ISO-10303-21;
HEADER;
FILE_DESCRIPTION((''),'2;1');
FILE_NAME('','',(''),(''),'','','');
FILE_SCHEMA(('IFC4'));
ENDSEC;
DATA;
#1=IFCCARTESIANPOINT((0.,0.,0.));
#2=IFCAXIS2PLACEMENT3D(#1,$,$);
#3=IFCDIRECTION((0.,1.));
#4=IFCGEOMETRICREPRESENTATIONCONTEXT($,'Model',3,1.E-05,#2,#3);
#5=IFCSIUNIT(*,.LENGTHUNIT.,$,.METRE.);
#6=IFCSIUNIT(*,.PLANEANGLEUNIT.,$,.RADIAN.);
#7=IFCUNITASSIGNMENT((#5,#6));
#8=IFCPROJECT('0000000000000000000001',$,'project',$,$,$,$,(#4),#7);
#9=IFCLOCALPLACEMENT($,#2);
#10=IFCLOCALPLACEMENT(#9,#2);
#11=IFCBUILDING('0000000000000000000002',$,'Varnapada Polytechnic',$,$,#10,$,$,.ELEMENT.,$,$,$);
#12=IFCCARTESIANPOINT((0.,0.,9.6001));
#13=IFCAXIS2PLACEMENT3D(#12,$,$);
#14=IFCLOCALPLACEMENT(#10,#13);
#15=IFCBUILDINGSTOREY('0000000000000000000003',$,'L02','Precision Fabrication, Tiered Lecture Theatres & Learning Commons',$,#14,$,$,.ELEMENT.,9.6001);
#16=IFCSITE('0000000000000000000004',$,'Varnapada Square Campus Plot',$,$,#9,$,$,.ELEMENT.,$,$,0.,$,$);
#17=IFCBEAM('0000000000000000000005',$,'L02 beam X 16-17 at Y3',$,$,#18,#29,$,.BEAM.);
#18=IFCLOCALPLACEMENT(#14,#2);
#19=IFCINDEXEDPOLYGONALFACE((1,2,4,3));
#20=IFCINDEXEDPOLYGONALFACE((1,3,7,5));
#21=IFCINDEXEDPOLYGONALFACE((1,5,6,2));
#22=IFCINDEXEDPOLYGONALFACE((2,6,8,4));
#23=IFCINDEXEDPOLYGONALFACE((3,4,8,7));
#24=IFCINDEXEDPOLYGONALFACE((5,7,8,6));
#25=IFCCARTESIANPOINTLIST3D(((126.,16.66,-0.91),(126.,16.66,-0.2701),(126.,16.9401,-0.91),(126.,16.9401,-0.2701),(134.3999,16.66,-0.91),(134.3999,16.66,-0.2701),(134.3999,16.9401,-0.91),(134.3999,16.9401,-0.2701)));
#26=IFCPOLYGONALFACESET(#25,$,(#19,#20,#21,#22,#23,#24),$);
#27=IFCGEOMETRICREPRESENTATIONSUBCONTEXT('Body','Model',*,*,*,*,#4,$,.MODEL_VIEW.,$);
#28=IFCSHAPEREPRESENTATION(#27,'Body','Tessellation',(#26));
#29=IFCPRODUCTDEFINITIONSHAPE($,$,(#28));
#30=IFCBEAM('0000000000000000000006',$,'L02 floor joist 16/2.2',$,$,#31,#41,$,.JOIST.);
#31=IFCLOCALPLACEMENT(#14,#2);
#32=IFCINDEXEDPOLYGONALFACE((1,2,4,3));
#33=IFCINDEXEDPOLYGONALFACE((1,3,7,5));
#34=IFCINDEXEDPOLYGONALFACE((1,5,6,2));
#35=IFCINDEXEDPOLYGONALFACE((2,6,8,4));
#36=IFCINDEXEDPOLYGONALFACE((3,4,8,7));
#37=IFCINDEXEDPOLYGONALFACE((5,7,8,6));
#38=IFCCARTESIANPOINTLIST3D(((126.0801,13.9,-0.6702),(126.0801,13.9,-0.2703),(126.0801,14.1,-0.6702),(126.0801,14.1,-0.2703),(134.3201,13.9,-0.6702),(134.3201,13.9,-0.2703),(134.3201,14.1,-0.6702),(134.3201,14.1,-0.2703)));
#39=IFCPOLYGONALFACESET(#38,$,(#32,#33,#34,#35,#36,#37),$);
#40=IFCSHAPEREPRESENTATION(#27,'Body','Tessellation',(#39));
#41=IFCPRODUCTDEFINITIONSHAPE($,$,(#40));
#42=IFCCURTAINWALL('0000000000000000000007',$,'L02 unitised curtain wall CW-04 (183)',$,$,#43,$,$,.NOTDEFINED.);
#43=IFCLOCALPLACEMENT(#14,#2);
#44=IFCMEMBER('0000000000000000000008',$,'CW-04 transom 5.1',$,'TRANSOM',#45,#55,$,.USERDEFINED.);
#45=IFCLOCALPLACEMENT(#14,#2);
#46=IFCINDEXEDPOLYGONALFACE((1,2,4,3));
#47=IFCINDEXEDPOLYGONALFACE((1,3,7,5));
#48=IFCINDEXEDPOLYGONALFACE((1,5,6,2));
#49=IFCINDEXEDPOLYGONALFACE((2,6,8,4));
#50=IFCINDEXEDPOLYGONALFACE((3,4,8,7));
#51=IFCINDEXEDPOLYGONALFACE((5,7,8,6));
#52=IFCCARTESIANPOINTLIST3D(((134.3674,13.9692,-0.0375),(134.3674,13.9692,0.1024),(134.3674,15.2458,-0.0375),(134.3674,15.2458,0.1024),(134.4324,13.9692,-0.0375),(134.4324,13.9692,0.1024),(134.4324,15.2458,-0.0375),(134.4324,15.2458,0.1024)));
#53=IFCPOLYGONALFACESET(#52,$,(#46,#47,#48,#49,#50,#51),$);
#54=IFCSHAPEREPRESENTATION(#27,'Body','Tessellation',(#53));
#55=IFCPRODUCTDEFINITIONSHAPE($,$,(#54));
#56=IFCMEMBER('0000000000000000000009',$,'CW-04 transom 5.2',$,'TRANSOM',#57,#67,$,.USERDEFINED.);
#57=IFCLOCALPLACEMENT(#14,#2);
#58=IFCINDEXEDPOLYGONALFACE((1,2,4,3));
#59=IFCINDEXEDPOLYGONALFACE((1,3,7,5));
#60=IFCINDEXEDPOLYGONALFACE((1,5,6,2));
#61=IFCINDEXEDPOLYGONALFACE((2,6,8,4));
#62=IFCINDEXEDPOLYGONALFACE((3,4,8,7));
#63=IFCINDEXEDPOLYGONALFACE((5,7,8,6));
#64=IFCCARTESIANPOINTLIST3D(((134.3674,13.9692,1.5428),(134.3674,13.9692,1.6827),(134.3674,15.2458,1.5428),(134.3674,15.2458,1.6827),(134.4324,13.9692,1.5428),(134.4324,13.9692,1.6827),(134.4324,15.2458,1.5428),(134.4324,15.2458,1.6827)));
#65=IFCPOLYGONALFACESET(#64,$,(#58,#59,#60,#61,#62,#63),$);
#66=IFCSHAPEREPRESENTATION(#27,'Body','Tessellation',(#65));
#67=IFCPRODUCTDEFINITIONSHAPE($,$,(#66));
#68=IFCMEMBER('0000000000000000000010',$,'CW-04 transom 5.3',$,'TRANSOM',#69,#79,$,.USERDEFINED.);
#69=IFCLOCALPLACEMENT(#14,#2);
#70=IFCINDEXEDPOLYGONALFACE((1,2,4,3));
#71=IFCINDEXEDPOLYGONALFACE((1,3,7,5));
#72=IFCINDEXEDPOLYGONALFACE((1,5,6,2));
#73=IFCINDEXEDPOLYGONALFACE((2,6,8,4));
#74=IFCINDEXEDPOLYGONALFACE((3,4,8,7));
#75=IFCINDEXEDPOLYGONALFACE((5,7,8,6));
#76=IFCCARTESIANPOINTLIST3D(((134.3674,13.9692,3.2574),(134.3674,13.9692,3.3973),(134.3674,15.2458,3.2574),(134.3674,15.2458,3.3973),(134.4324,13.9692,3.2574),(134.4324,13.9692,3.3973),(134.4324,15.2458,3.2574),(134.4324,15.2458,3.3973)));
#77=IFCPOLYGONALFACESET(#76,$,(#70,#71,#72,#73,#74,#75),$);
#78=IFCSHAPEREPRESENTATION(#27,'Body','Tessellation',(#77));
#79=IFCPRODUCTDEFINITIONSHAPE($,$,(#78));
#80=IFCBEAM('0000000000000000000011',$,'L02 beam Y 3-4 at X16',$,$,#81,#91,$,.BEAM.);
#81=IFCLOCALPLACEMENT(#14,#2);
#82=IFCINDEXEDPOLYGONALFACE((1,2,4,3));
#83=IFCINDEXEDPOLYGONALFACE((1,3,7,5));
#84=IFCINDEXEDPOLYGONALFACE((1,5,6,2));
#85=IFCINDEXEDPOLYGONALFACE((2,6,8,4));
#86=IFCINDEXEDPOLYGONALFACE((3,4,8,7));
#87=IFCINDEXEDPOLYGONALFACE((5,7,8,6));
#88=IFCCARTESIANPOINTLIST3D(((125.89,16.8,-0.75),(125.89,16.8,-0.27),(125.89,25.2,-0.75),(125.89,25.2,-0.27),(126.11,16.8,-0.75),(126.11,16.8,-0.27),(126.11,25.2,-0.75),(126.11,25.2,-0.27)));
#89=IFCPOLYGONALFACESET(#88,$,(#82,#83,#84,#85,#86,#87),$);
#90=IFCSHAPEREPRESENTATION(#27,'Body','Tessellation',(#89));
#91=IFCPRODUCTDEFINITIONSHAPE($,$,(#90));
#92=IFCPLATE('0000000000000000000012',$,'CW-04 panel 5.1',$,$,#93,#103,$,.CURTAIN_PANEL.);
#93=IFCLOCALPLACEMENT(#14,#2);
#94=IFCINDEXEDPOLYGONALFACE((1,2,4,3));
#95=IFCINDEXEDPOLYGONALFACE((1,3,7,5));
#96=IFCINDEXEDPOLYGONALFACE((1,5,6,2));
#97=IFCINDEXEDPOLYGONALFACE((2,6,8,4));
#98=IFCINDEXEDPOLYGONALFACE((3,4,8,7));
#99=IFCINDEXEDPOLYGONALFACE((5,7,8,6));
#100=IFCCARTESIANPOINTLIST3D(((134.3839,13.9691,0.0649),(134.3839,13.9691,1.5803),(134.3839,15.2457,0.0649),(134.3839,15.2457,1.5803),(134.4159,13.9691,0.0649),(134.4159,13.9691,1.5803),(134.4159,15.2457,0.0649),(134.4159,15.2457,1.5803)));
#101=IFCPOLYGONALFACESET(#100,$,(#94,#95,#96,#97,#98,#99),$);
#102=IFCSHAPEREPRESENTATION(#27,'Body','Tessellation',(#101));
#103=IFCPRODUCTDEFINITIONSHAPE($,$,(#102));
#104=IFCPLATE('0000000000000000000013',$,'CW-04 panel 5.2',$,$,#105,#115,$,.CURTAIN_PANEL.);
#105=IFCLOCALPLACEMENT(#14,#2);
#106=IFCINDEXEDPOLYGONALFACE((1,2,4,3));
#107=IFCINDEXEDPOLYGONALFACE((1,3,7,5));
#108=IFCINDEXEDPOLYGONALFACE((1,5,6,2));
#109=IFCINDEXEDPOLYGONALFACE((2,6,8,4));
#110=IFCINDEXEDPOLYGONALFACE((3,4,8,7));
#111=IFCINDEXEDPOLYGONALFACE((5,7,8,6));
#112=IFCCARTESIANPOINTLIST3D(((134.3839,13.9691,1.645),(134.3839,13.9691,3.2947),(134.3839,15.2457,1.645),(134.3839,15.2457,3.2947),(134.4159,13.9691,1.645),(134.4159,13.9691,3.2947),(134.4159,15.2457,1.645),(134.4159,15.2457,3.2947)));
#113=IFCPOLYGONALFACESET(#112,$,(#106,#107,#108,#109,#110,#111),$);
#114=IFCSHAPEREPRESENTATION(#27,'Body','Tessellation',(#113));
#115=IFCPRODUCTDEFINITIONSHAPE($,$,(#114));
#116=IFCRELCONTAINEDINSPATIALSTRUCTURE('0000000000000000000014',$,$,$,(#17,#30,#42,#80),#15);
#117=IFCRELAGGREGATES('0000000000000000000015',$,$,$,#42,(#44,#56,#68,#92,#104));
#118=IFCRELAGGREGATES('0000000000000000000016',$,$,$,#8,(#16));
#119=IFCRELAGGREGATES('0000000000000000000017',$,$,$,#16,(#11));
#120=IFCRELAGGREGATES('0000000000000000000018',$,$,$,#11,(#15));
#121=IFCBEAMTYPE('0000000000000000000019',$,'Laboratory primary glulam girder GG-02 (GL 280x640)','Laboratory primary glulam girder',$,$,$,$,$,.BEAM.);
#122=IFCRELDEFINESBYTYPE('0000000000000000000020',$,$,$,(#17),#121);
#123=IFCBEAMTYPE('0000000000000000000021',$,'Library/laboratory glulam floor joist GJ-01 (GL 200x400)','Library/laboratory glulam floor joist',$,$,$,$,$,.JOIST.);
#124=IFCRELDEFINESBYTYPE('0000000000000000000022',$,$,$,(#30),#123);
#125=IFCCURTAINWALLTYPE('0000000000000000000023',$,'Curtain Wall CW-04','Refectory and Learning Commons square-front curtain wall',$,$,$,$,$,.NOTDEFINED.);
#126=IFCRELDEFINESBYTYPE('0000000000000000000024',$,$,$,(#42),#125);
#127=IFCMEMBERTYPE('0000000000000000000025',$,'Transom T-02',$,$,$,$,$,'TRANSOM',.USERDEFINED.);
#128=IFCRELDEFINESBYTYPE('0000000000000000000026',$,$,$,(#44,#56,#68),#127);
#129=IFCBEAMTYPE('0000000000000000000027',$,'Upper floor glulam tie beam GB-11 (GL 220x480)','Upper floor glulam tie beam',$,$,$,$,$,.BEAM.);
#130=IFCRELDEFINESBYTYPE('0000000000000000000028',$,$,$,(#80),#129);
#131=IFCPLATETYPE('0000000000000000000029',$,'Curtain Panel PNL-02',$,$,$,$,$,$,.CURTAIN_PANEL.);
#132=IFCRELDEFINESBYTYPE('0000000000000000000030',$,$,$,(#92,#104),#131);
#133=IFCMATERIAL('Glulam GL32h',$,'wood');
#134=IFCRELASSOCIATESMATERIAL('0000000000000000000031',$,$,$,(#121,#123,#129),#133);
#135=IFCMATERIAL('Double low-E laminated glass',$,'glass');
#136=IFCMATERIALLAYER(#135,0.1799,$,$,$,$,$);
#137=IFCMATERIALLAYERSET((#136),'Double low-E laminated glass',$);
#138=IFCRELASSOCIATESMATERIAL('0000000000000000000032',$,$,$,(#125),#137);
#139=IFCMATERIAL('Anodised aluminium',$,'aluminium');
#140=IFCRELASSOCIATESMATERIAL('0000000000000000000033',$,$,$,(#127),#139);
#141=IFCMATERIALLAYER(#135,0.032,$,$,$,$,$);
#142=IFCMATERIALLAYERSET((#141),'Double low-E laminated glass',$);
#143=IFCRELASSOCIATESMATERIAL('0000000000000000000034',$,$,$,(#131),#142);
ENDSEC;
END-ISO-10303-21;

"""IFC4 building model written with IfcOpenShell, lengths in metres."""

from ifc_helpers import new_model, si_unit, direction, frame, origin, origin_2d, place, context, subcontext, project, spatial, rectangle, extrude, material, layer, layer_set, material_profile, profile_set, type_object, element, aggregate, save


model = new_model("IFC4")

# Units and contexts
model_context = context("Model", 3, precision=1e-05, world=origin(), true_north=direction((0.0, 1.0)))
body_context = subcontext(model_context, "Body", "Model", "MODEL_VIEW")
ifc_project = project(units=[si_unit("LENGTHUNIT", "METRE"), si_unit("PLANEANGLEUNIT", "RADIAN")], contexts=[model_context])

# Site, building, storey
site_placement = place(None, origin())
site = spatial("IfcSite", under=ifc_project, at=site_placement, Name="Varnapada Square Campus Plot", CompositionType="ELEMENT", RefElevation=0.0)
building_placement = place(site_placement, origin())
building = spatial("IfcBuilding", under=site, at=building_placement, Name="Varnapada Polytechnic", CompositionType="ELEMENT")
storey_placement = place(building_placement, frame((0.0, 0.0, 9.6001)))
storey = spatial("IfcBuildingStorey", under=building, at=storey_placement, Name="L02", Description="Precision Fabrication, Tiered Lecture Theatres & Learning Commons", CompositionType="ELEMENT", Elevation=9.6001)

# Beams
ifc_material_1 = material(Name="Glulam GL32h", Category="wood")
ifc_material_profile_1 = material_profile(ifc_material_1, rectangle(XDim=0.28, YDim=0.6399, at=origin_2d()), Name="GL 280x640")
ifc_profile_set_1 = profile_set([ifc_material_profile_1], Name="Glulam GL32h")
beam_type_1 = type_object("IfcBeamType", Name="Laboratory primary glulam girder GG-02 (GL 280x640)", Description="Laboratory primary glulam girder", PredefinedType="BEAM", material=ifc_profile_set_1)
beam_1_placement = place(storey_placement, frame((126.0, 16.8, -0.5901), z_axis=(1.0, 0.0, 0.0), x_axis=(0.0, 1.0, 0.0)))
element("IfcBeam", 1, at=beam_1_placement, inside=storey, type_object=beam_type_1, Name="L02 beam X 16-17 at Y3", PredefinedType="BEAM", context=body_context, shape_type="SweptSolid", body=[
    extrude(rectangle(XDim=0.28, YDim=0.6399, at=origin_2d()), origin(), (0.0, 0.0, 1.0), 8.3999),
])
ifc_material_profile_2 = material_profile(ifc_material_1, rectangle(XDim=0.2, YDim=0.3999, at=origin_2d()), Name="GL 200x400")
ifc_profile_set_2 = profile_set([ifc_material_profile_2], Name="Glulam GL32h")
beam_type_2 = type_object("IfcBeamType", Name="Library/laboratory glulam floor joist GJ-01 (GL 200x400)", Description="Library/laboratory glulam floor joist", PredefinedType="JOIST", material=ifc_profile_set_2)
beam_2_placement = place(storey_placement, frame((126.0801, 14.0, -0.4702), z_axis=(1.0, 0.0, 0.0), x_axis=(0.0, 1.0, 0.0)))
element("IfcBeam", 2, at=beam_2_placement, inside=storey, type_object=beam_type_2, Name="L02 floor joist 16/2.2", PredefinedType="JOIST", context=body_context, shape_type="SweptSolid", body=[
    extrude(rectangle(XDim=0.2, YDim=0.3999, at=origin_2d()), origin(), (0.0, 0.0, 1.0), 8.24),
])

# Curtain wall, members
ifc_material_2 = material(Name="Double low-E laminated glass", Category="glass")
ifc_layer_1 = layer(ifc_material_2, 0.1799)
ifc_layer_set_1 = layer_set([ifc_layer_1], Name="Double low-E laminated glass")
curtain_wall_type = type_object("IfcCurtainWallType", Name="Curtain Wall CW-04", Description="Refectory and Learning Commons square-front curtain wall", PredefinedType="NOTDEFINED", material=ifc_layer_set_1)
curtain_wall_placement = place(storey_placement, origin())
curtain_wall = element("IfcCurtainWall", 3, at=curtain_wall_placement, inside=storey, type_object=curtain_wall_type, Name="L02 unitised curtain wall CW-04 (183)", PredefinedType="NOTDEFINED")
ifc_material_3 = material(Name="Anodised aluminium", Category="aluminium")
ifc_material_profile_3 = material_profile(ifc_material_3, rectangle(XDim=0.0649, YDim=0.1399, at=origin_2d()), Name="ALU T65x140")
ifc_profile_set_3 = profile_set([ifc_material_profile_3], Name="Anodised aluminium")
member_type = type_object("IfcMemberType", Name="Transom T-02", ElementType="TRANSOM", PredefinedType="USERDEFINED", material=ifc_profile_set_3)
member_1_placement = place(storey_placement, frame((134.3999, 13.9692, 0.0325), z_axis=(0.0, 1.0, 0.0), x_axis=(-1.0, 0.0, 0.0)))
member_1 = element("IfcMember", 4, at=member_1_placement, type_object=member_type, Name="CW-04 transom 5.1", ObjectType="TRANSOM", PredefinedType="USERDEFINED", context=body_context, shape_type="SweptSolid", body=[
    extrude(rectangle(XDim=0.0649, YDim=0.1399, at=origin_2d()), origin(), (0.0, 0.0, 1.0), 1.2766),
])
member_2_placement = place(storey_placement, frame((134.3999, 13.9692, 1.6128), z_axis=(0.0, 1.0, 0.0), x_axis=(-1.0, 0.0, 0.0)))
member_2 = element("IfcMember", 5, at=member_2_placement, type_object=member_type, Name="CW-04 transom 5.2", ObjectType="TRANSOM", PredefinedType="USERDEFINED", context=body_context, shape_type="SweptSolid", body=[
    extrude(rectangle(XDim=0.0649, YDim=0.1399, at=origin_2d()), origin(), (0.0, 0.0, 1.0), 1.2766),
])
member_3_placement = place(storey_placement, frame((134.3999, 13.9692, 3.3274), z_axis=(0.0, 1.0, 0.0), x_axis=(-1.0, 0.0, 0.0)))
member_3 = element("IfcMember", 6, at=member_3_placement, type_object=member_type, Name="CW-04 transom 5.3", ObjectType="TRANSOM", PredefinedType="USERDEFINED", context=body_context, shape_type="SweptSolid", body=[
    extrude(rectangle(XDim=0.0649, YDim=0.1399, at=origin_2d()), origin(), (0.0, 0.0, 1.0), 1.2766),
])

# Beam
ifc_material_profile_4 = material_profile(ifc_material_1, rectangle(XDim=0.22, YDim=0.48, at=origin_2d()), Name="GL 220x480")
ifc_profile_set_4 = profile_set([ifc_material_profile_4], Name="Glulam GL32h")
beam_type_3 = type_object("IfcBeamType", Name="Upper floor glulam tie beam GB-11 (GL 220x480)", Description="Upper floor glulam tie beam", PredefinedType="BEAM", material=ifc_profile_set_4)
beam_3_placement = place(storey_placement, frame((126.0, 16.8, -0.51), z_axis=(0.0, 1.0, 0.0), x_axis=(-1.0, 0.0, 0.0)))
element("IfcBeam", 7, at=beam_3_placement, inside=storey, type_object=beam_type_3, Name="L02 beam Y 3-4 at X16", PredefinedType="BEAM", context=body_context, shape_type="SweptSolid", body=[
    extrude(rectangle(XDim=0.22, YDim=0.48, at=origin_2d()), origin(), (0.0, 0.0, 1.0), 8.3999),
])

# Plates
ifc_layer_2 = layer(ifc_material_2, 0.032)
ifc_layer_set_2 = layer_set([ifc_layer_2], Name="Double low-E laminated glass")
plate_type = type_object("IfcPlateType", Name="Curtain Panel PNL-02", PredefinedType="CURTAIN_PANEL", material=ifc_layer_set_2)
plate_1_placement = place(storey_placement, frame((134.3999, 14.6074, 0.0649), z_axis=(0.0, 0.0, 1.0), x_axis=(0.0, 1.0, 0.0)))
plate_1 = element("IfcPlate", 8, at=plate_1_placement, type_object=plate_type, Name="CW-04 panel 5.1", PredefinedType="CURTAIN_PANEL", context=body_context, shape_type="SweptSolid", body=[
    extrude(rectangle(XDim=1.2766, YDim=0.032, at=origin_2d()), origin(), (0.0, 0.0, 1.0), 1.5154),
])
plate_2_placement = place(storey_placement, frame((134.3999, 14.6074, 1.645), z_axis=(0.0, 0.0, 1.0), x_axis=(0.0, 1.0, 0.0)))
plate_2 = element("IfcPlate", 9, at=plate_2_placement, type_object=plate_type, Name="CW-04 panel 5.2", PredefinedType="CURTAIN_PANEL", context=body_context, shape_type="SweptSolid", body=[
    extrude(rectangle(XDim=1.2766, YDim=0.032, at=origin_2d()), origin(), (0.0, 0.0, 1.0), 1.6497),
])
aggregate(curtain_wall, [member_1, member_2, member_3, plate_1, plate_2])

save(model, "model.ifc")
